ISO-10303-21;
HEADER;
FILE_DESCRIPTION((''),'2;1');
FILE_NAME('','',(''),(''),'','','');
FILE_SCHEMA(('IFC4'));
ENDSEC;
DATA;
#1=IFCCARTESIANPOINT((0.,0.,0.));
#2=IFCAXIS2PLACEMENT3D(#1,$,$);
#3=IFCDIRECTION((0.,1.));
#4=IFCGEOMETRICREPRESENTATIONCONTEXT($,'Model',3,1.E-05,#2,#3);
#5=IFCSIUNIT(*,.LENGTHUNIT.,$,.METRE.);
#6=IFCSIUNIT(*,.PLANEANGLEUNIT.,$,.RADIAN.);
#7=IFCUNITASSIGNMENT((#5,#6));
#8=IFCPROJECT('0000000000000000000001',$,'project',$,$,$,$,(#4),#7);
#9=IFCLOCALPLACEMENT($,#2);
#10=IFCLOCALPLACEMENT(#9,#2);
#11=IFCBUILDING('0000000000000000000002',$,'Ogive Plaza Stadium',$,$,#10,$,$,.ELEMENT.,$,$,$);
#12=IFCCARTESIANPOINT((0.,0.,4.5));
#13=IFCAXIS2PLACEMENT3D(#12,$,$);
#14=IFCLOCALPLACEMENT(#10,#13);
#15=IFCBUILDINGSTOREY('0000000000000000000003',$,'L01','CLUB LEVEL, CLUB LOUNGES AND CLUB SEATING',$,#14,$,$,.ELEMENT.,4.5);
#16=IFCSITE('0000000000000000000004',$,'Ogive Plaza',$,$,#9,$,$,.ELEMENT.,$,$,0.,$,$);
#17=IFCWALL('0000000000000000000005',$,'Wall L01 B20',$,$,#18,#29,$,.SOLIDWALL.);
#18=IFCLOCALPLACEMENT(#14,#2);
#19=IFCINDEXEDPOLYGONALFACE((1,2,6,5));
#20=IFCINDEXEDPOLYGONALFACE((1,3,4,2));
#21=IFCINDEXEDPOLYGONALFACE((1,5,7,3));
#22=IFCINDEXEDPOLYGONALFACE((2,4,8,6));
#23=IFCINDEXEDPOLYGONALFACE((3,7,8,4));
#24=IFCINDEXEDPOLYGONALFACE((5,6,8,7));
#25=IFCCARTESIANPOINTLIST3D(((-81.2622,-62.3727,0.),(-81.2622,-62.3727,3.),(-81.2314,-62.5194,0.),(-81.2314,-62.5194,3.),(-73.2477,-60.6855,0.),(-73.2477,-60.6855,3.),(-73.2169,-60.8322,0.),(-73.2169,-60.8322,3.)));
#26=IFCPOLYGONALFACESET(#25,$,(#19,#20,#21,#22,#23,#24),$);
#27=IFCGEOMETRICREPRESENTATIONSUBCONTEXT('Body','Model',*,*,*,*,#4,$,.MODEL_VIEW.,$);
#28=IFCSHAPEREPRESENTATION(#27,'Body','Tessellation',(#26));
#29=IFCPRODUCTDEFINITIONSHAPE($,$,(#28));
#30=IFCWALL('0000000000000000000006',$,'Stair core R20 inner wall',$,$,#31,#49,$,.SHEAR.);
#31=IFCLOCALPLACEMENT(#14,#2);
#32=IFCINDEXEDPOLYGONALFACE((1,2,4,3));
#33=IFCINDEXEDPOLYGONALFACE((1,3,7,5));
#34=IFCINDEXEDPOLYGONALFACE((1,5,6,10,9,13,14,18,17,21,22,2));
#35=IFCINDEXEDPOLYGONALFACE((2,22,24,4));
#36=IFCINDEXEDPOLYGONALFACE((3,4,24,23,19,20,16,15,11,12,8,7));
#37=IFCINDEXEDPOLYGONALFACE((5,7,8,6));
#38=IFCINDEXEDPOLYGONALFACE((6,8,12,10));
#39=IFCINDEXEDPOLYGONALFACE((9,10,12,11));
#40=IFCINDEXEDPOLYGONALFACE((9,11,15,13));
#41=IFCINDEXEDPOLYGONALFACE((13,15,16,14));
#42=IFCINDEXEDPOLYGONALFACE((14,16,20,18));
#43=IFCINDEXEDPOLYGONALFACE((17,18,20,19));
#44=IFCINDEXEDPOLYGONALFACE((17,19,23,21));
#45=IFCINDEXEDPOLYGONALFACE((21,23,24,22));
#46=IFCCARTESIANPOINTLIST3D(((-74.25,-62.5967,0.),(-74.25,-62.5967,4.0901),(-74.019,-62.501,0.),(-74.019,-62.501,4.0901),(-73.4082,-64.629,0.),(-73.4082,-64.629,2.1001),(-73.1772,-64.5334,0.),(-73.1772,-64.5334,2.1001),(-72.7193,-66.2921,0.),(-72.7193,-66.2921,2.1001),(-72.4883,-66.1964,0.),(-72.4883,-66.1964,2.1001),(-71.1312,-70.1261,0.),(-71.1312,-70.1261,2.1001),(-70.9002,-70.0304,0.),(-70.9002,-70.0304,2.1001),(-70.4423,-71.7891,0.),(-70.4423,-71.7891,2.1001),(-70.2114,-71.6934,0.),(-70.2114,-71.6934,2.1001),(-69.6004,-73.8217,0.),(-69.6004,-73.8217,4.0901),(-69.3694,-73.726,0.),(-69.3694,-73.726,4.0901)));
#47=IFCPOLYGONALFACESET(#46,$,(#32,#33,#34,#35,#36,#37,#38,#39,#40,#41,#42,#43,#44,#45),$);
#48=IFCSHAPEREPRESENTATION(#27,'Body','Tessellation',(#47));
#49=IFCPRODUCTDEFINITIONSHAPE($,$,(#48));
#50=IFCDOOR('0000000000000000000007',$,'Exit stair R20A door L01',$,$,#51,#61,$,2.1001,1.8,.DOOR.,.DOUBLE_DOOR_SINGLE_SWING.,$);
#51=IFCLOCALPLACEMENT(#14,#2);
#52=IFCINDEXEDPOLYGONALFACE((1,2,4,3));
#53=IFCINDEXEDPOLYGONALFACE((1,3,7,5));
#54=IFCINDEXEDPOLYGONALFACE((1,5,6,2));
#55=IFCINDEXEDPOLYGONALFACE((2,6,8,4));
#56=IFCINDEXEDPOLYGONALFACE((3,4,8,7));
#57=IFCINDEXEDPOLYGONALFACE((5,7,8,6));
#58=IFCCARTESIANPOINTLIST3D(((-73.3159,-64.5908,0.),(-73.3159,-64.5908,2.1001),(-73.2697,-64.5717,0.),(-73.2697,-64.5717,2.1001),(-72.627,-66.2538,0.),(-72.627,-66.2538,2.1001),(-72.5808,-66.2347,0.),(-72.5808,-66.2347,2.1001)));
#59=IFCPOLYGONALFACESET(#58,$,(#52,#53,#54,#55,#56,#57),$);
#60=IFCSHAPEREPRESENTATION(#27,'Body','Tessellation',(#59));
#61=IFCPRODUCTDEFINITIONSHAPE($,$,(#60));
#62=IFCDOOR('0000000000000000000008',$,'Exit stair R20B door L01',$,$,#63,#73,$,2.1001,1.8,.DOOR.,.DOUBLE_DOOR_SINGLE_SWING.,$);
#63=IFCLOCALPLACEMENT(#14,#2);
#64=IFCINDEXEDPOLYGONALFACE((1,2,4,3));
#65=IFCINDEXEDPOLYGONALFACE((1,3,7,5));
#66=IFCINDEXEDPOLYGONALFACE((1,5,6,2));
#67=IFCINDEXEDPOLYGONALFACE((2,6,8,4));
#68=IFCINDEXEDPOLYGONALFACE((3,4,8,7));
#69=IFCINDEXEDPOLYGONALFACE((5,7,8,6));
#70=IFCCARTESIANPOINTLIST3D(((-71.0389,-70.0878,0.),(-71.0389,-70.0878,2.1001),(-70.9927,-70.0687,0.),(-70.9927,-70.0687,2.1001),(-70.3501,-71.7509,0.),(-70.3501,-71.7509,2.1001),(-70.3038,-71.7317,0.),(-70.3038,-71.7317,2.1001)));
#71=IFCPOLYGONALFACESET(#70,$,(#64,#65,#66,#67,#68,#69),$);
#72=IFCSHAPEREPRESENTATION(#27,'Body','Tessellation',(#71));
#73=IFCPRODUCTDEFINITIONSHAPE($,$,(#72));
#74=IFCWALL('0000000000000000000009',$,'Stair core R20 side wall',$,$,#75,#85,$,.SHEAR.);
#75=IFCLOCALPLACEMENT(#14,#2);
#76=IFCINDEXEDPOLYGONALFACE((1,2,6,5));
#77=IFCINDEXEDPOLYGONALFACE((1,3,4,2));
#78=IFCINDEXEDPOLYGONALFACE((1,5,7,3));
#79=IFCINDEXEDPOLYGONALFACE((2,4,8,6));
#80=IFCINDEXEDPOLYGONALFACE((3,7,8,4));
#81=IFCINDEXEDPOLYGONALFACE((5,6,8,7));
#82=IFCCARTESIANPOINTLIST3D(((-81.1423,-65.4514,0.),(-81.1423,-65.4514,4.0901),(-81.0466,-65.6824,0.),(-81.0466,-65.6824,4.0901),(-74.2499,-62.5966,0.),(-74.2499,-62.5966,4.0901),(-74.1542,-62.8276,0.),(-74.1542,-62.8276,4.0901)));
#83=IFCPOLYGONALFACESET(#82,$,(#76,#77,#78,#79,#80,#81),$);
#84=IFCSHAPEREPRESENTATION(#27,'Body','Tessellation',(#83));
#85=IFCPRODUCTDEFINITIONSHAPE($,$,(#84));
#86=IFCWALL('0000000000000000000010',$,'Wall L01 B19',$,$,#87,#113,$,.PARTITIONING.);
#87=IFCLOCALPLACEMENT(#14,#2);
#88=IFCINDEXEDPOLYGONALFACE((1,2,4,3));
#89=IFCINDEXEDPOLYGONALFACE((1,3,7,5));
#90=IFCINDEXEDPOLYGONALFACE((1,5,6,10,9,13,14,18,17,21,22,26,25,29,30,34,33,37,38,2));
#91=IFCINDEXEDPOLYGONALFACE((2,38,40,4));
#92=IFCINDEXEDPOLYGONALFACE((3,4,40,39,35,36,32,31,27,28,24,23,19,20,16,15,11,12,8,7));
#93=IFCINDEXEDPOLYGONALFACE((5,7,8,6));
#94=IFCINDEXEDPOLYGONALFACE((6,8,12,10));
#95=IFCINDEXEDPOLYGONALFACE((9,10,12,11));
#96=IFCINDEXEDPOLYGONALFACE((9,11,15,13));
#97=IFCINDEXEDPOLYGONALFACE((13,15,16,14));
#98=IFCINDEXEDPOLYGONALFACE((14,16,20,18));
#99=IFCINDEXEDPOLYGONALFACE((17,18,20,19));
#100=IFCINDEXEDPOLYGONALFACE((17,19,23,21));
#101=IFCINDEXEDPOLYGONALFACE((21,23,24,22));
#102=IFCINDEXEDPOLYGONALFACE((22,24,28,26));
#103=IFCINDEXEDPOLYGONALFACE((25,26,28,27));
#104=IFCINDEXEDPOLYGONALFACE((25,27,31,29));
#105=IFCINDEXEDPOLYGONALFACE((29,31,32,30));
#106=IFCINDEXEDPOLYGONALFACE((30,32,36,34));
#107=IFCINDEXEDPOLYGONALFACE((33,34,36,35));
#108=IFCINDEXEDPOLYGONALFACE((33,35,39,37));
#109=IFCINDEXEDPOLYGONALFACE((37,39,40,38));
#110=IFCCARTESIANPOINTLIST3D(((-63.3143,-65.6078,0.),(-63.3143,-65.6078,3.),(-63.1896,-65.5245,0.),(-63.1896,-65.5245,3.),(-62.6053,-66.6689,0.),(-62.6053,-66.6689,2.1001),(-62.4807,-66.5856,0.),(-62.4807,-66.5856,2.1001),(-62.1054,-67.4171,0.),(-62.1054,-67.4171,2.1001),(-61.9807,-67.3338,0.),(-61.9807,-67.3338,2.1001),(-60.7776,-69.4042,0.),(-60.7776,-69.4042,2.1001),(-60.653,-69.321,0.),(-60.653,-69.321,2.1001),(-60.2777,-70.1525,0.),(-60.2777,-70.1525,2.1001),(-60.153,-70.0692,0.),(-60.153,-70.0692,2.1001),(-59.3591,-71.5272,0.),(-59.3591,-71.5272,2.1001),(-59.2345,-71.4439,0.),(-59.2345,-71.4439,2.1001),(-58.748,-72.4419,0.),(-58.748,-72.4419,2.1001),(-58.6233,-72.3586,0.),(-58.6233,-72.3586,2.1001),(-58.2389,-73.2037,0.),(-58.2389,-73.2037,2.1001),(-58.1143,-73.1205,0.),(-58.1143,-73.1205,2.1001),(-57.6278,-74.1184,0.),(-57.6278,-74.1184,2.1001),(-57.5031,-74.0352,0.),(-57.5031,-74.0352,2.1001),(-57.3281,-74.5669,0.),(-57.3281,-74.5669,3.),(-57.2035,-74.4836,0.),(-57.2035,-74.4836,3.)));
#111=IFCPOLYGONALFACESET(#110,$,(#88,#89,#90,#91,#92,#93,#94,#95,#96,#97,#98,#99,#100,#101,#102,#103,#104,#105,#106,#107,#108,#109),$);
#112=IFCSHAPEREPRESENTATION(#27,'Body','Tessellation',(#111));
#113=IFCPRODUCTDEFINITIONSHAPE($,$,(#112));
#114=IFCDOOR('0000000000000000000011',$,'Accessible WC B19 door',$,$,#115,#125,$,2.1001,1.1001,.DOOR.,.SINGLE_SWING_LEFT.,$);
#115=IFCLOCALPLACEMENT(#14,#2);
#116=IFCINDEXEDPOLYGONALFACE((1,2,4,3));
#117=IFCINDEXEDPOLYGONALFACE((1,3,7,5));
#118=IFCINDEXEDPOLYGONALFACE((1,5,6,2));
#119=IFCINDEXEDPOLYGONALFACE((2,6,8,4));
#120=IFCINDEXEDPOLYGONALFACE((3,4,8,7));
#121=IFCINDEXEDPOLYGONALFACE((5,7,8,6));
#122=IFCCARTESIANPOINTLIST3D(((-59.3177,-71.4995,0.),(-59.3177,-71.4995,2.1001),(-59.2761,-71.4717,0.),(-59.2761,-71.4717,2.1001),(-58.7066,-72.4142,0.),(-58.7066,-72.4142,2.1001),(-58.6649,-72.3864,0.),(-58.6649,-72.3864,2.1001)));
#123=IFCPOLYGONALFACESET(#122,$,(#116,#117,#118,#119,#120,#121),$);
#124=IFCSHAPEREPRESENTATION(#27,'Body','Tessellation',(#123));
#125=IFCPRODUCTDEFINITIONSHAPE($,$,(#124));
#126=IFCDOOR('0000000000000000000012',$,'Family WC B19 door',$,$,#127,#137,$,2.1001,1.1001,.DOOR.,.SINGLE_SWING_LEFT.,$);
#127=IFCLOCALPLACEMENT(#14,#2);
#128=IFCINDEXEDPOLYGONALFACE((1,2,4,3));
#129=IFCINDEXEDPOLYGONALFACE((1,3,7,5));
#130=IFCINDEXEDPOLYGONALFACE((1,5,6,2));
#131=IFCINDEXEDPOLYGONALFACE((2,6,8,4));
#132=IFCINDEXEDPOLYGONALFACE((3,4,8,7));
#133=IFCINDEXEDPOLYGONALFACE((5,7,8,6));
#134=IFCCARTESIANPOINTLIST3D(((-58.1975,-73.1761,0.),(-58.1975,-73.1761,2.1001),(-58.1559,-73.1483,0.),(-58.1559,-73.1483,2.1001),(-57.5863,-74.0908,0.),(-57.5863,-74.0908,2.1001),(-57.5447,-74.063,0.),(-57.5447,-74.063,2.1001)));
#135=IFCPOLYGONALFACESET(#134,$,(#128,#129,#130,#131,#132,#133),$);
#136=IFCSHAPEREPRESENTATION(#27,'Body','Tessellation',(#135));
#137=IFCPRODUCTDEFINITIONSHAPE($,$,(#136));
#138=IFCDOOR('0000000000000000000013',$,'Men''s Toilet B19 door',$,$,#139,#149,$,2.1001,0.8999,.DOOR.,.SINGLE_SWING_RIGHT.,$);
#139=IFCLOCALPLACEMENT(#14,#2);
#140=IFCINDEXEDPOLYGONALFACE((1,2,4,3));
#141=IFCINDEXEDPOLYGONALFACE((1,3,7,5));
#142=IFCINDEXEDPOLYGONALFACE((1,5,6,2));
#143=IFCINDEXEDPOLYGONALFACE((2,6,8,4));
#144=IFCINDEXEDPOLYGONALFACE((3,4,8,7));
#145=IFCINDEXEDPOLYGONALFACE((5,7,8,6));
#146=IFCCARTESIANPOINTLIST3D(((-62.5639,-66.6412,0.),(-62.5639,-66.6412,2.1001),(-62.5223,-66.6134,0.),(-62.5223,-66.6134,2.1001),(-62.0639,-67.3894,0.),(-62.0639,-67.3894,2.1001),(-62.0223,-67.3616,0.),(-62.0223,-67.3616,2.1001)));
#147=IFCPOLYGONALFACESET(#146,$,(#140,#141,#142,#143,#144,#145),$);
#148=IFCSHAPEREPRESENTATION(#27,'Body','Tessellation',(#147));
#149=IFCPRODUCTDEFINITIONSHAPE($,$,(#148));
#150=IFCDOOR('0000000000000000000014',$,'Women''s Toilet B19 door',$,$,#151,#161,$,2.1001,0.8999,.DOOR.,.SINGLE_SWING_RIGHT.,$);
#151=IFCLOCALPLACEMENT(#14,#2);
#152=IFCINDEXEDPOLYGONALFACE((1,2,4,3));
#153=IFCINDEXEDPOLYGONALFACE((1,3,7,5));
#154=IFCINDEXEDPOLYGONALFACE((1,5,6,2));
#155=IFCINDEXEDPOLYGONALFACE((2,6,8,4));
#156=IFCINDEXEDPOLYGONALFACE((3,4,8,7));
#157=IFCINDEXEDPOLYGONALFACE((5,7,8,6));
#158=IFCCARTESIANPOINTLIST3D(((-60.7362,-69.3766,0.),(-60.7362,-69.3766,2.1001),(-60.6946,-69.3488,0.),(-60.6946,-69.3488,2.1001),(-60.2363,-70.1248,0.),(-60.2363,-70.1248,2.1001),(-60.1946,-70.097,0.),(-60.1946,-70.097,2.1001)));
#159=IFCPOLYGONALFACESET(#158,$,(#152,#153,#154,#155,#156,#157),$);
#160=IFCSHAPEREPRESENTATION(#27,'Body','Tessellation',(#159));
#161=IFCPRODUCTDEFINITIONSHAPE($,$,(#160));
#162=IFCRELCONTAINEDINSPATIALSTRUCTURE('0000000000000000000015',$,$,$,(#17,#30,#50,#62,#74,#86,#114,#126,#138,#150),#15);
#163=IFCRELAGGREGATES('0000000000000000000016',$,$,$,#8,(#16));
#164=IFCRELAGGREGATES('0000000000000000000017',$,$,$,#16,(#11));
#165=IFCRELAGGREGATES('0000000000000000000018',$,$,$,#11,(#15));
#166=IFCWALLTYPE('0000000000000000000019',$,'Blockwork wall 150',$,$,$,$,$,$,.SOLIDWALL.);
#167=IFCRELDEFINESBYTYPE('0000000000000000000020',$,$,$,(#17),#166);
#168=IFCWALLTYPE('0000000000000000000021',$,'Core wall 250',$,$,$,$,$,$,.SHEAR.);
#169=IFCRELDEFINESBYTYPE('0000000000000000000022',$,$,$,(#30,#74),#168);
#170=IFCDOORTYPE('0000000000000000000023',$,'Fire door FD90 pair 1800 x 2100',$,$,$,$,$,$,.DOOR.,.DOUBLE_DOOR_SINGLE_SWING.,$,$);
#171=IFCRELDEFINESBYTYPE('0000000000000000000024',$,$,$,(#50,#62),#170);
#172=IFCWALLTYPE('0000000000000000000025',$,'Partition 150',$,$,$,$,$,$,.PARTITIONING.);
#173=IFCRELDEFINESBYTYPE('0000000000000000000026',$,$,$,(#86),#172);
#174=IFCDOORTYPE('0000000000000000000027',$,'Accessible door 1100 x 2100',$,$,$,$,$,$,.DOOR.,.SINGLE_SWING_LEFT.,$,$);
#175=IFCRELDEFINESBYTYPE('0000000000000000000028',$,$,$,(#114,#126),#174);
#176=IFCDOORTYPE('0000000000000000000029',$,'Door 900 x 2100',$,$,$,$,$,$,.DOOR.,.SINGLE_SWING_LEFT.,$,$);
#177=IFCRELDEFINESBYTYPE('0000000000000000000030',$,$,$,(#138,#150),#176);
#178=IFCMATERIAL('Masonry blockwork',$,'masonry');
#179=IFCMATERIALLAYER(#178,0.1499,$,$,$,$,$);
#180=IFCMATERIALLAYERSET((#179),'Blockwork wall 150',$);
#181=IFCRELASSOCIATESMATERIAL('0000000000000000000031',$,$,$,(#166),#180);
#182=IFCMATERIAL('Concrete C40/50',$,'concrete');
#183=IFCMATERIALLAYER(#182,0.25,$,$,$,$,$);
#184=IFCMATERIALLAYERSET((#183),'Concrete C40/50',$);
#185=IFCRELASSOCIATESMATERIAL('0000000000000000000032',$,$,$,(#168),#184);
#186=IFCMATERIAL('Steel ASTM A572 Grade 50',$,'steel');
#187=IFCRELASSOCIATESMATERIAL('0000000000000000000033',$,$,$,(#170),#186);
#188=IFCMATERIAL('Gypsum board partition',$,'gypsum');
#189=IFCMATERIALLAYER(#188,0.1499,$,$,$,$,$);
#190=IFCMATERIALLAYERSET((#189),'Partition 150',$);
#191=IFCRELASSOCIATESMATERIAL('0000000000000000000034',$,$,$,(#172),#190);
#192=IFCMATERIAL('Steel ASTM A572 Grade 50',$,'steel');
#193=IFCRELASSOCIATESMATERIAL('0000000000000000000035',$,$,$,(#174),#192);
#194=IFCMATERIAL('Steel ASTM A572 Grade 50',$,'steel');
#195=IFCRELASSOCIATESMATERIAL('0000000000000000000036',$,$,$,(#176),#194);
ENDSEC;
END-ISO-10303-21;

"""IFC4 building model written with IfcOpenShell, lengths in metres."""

from ifc_helpers import new_model, si_unit, direction, frame, frame_2d, origin, place, context, subcontext, project, spatial, rectangle, extrude, material, layer, layer_set, type_object, element, fill, save


model = new_model("IFC4")

# Units and contexts
model_context = context("Model", 3, precision=1e-05, world=origin(), true_north=direction((0.0, 1.0)))
body_context = subcontext(model_context, "Body", "Model", "MODEL_VIEW")
ifc_project = project(units=[si_unit("LENGTHUNIT", "METRE"), si_unit("PLANEANGLEUNIT", "RADIAN")], contexts=[model_context])

# Site, building, storey
site_placement = place(None, origin())
site = spatial("IfcSite", under=ifc_project, at=site_placement, Name="Ogive Plaza", CompositionType="ELEMENT", RefElevation=0.0)
building_placement = place(site_placement, origin())
building = spatial("IfcBuilding", under=site, at=building_placement, Name="Ogive Plaza Stadium", CompositionType="ELEMENT")
storey_placement = place(building_placement, frame((0.0, 0.0, 4.5)))
storey = spatial("IfcBuildingStorey", under=building, at=storey_placement, Name="L01", Description="CLUB LEVEL, CLUB LOUNGES AND CLUB SEATING", CompositionType="ELEMENT", Elevation=4.5)

# Shared definitions
ifc_material_1 = material(Name="Masonry blockwork", Category="masonry")
ifc_layer_1 = layer(ifc_material_1, 0.1499)
ifc_layer_set_1 = layer_set([ifc_layer_1], Name="Blockwork wall 150")
wall_type_1 = type_object("IfcWallType", Name="Blockwork wall 150", PredefinedType="SOLIDWALL", material=ifc_layer_set_1)

# Wall
wall_1_placement = place(storey_placement, frame((-73.2322, -60.7588, 0.0), z_axis=(0.0, 0.0, 1.0), x_axis=(-0.978549, -0.206012, 0.0)))
element("IfcWall", 1, at=wall_1_placement, inside=storey, type_object=wall_type_1, Name="Wall L01 B20", PredefinedType="SOLIDWALL", context=body_context, shape_type="SweptSolid", body=[
    extrude(rectangle(XDim=8.1902, YDim=0.1499, at=frame_2d((4.0952, 0.0))), origin(), (0.0, 0.0, 1.0), 3.0),
])

# Wall, openings, doors
ifc_material_2 = material(Name="Concrete C40/50", Category="concrete")
ifc_layer_2 = layer(ifc_material_2, 0.25)
ifc_layer_set_2 = layer_set([ifc_layer_2], Name="Concrete C40/50")
wall_type_2 = type_object("IfcWallType", Name="Core wall 250", PredefinedType="SHEAR", material=ifc_layer_set_2)
wall_2_placement = place(storey_placement, frame((-74.1345, -62.5488, 0.0), z_axis=(0.0, 0.0, 1.0), x_axis=(0.382688, -0.923877, 0.0)))
wall_2 = element("IfcWall", 2, at=wall_2_placement, inside=storey, type_object=wall_type_2, Name="Stair core R20 inner wall", PredefinedType="SHEAR", context=body_context, shape_type="SweptSolid", body=[
    extrude(rectangle(XDim=12.1499, YDim=0.25, at=frame_2d((6.075, 0.0))), origin(), (0.0, 0.0, 1.0), 4.0901),
])
opening_1_placement = place(wall_2_placement, frame((2.2, 0.0, 0.0)))
opening_1 = element("IfcOpeningElement", 3, at=opening_1_placement, cuts=wall_2, PredefinedType="OPENING", context=body_context, shape_type="SweptSolid", body=[
    extrude(rectangle(XDim=1.8, YDim=2.1001, at=frame_2d((0.8999, 1.05))), frame((0.0, 0.125, 0.0), z_axis=(0.0, -1.0, 0.0), x_axis=(1.0, 0.0, 0.0)), (0.0, 0.0, 1.0), 0.25),
])
opening_2_placement = place(wall_2_placement, frame((8.1499, 0.0, 0.0)))
opening_2 = element("IfcOpeningElement", 4, at=opening_2_placement, cuts=wall_2, PredefinedType="OPENING", context=body_context, shape_type="SweptSolid", body=[
    extrude(rectangle(XDim=1.8, YDim=2.1001, at=frame_2d((0.8999, 1.05))), frame((0.0, 0.125, 0.0), z_axis=(0.0, -1.0, 0.0), x_axis=(1.0, 0.0, 0.0)), (0.0, 0.0, 1.0), 0.25),
])
ifc_material_3 = material(Name="Steel ASTM A572 Grade 50", Category="steel")
door_type_1 = type_object("IfcDoorType", Name="Fire door FD90 pair 1800 x 2100", OperationType="DOUBLE_DOOR_SINGLE_SWING", PredefinedType="DOOR", material=ifc_material_3)
door_1_placement = place(opening_1_placement, origin())
door_1 = element("IfcDoor", 5, at=door_1_placement, inside=storey, type_object=door_type_1, Name="Exit stair R20A door L01", OperationType="DOUBLE_DOOR_SINGLE_SWING", OverallHeight=2.1001, OverallWidth=1.8, PredefinedType="DOOR", context=body_context, shape_type="SweptSolid", body=[
    extrude(rectangle(XDim=1.8, YDim=2.1001, at=frame_2d((0.8999, 1.05))), frame((0.0, 0.0249, 0.0), z_axis=(0.0, -1.0, 0.0), x_axis=(1.0, 0.0, 0.0)), (0.0, 0.0, 1.0), 0.05),
])
fill(opening_1, door_1)
door_2_placement = place(opening_2_placement, origin())
door_2 = element("IfcDoor", 6, at=door_2_placement, inside=storey, type_object=door_type_1, Name="Exit stair R20B door L01", OperationType="DOUBLE_DOOR_SINGLE_SWING", OverallHeight=2.1001, OverallWidth=1.8, PredefinedType="DOOR", context=body_context, shape_type="SweptSolid", body=[
    extrude(rectangle(XDim=1.8, YDim=2.1001, at=frame_2d((0.8999, 1.05))), frame((0.0, 0.0249, 0.0), z_axis=(0.0, -1.0, 0.0), x_axis=(1.0, 0.0, 0.0)), (0.0, 0.0, 1.0), 0.05),
])
fill(opening_2, door_2)

# Wall
wall_3_placement = place(storey_placement, frame((-74.2021, -62.7122, 0.0), z_axis=(0.0, 0.0, 1.0), x_axis=(-0.923887, -0.382665, 0.0)))
element("IfcWall", 7, at=wall_3_placement, inside=storey, type_object=wall_type_2, Name="Stair core R20 side wall", PredefinedType="SHEAR", context=body_context, shape_type="SweptSolid", body=[
    extrude(rectangle(XDim=7.4602, YDim=0.25, at=frame_2d((3.73, 0.0))), origin(), (0.0, 0.0, 1.0), 4.0901),
])

# Wall, openings, doors
ifc_material_4 = material(Name="Gypsum board partition", Category="gypsum")
ifc_layer_3 = layer(ifc_material_4, 0.1499)
ifc_layer_set_3 = layer_set([ifc_layer_3], Name="Partition 150")
wall_type_3 = type_object("IfcWallType", Name="Partition 150", PredefinedType="PARTITIONING", material=ifc_layer_set_3)
wall_4_placement = place(storey_placement, frame((-63.252, -65.5662, 0.0), z_axis=(0.0, 0.0, 1.0), x_axis=(0.555563, -0.831475, 0.0)))
wall_4 = element("IfcWall", 8, at=wall_4_placement, inside=storey, type_object=wall_type_3, Name="Wall L01 B19", PredefinedType="PARTITIONING", context=body_context, shape_type="SweptSolid", body=[
    extrude(rectangle(XDim=10.7749, YDim=0.1499, at=frame_2d((5.3875, 0.0))), origin(), (0.0, 0.0, 1.0), 3.0),
])
opening_3_placement = place(wall_4_placement, frame((1.2761, 0.0, 0.0)))
opening_3 = element("IfcOpeningElement", 9, at=opening_3_placement, cuts=wall_4, PredefinedType="OPENING", context=body_context, shape_type="SweptSolid", body=[
    extrude(rectangle(XDim=0.8999, YDim=2.1001, at=frame_2d((0.45, 1.05))), frame((0.0, 0.075, 0.0), z_axis=(0.0, -1.0, 0.0), x_axis=(1.0, 0.0, 0.0)), (0.0, 0.0, 1.0), 0.1499),
])
opening_4_placement = place(wall_4_placement, frame((4.5659, 0.0, 0.0)))
opening_4 = element("IfcOpeningElement", 10, at=opening_4_placement, cuts=wall_4, PredefinedType="OPENING", context=body_context, shape_type="SweptSolid", body=[
    extrude(rectangle(XDim=0.8999, YDim=2.1001, at=frame_2d((0.45, 1.05))), frame((0.0, 0.075, 0.0), z_axis=(0.0, -1.0, 0.0), x_axis=(1.0, 0.0, 0.0)), (0.0, 0.0, 1.0), 0.1499),
])
opening_5_placement = place(wall_4_placement, frame((7.1191, 0.0, 0.0)))
opening_5 = element("IfcOpeningElement", 11, at=opening_5_placement, cuts=wall_4, PredefinedType="OPENING", context=body_context, shape_type="SweptSolid", body=[
    extrude(rectangle(XDim=1.1001, YDim=2.1001, at=frame_2d((0.55, 1.05))), frame((0.0, 0.075, 0.0), z_axis=(0.0, -1.0, 0.0), x_axis=(1.0, 0.0, 0.0)), (0.0, 0.0, 1.0), 0.1499),
])
opening_6_placement = place(wall_4_placement, frame((9.1355, 0.0, 0.0)))
opening_6 = element("IfcOpeningElement", 12, at=opening_6_placement, cuts=wall_4, PredefinedType="OPENING", context=body_context, shape_type="SweptSolid", body=[
    extrude(rectangle(XDim=1.1001, YDim=2.1001, at=frame_2d((0.55, 1.05))), frame((0.0, 0.075, 0.0), z_axis=(0.0, -1.0, 0.0), x_axis=(1.0, 0.0, 0.0)), (0.0, 0.0, 1.0), 0.1499),
])
ifc_material_5 = material(Name="Steel ASTM A572 Grade 50", Category="steel")
door_type_2 = type_object("IfcDoorType", Name="Accessible door 1100 x 2100", OperationType="SINGLE_SWING_LEFT", PredefinedType="DOOR", material=ifc_material_5)
door_3_placement = place(opening_5_placement, origin())
door_3 = element("IfcDoor", 13, at=door_3_placement, inside=storey, type_object=door_type_2, Name="Accessible WC B19 door", OperationType="SINGLE_SWING_LEFT", OverallHeight=2.1001, OverallWidth=1.1001, PredefinedType="DOOR", context=body_context, shape_type="SweptSolid", body=[
    extrude(rectangle(XDim=1.1001, YDim=2.1001, at=frame_2d((0.55, 1.05))), frame((0.0, 0.0249, 0.0), z_axis=(0.0, -1.0, 0.0), x_axis=(1.0, 0.0, 0.0)), (0.0, 0.0, 1.0), 0.05),
])
fill(opening_5, door_3)
door_4_placement = place(opening_6_placement, origin())
door_4 = element("IfcDoor", 14, at=door_4_placement, inside=storey, type_object=door_type_2, Name="Family WC B19 door", OperationType="SINGLE_SWING_LEFT", OverallHeight=2.1001, OverallWidth=1.1001, PredefinedType="DOOR", context=body_context, shape_type="SweptSolid", body=[
    extrude(rectangle(XDim=1.1001, YDim=2.1001, at=frame_2d((0.55, 1.05))), frame((0.0, 0.0249, 0.0), z_axis=(0.0, -1.0, 0.0), x_axis=(1.0, 0.0, 0.0)), (0.0, 0.0, 1.0), 0.05),
])
fill(opening_6, door_4)
ifc_material_6 = material(Name="Steel ASTM A572 Grade 50", Category="steel")
door_type_3 = type_object("IfcDoorType", Name="Door 900 x 2100", OperationType="SINGLE_SWING_LEFT", PredefinedType="DOOR", material=ifc_material_6)
door_5_placement = place(opening_3_placement, origin())
door_5 = element("IfcDoor", 15, at=door_5_placement, inside=storey, type_object=door_type_3, Name="Men's Toilet B19 door", OperationType="SINGLE_SWING_RIGHT", OverallHeight=2.1001, OverallWidth=0.8999, PredefinedType="DOOR", context=body_context, shape_type="SweptSolid", body=[
    extrude(rectangle(XDim=0.8999, YDim=2.1001, at=frame_2d((0.45, 1.05))), frame((0.0, 0.0249, 0.0), z_axis=(0.0, -1.0, 0.0), x_axis=(1.0, 0.0, 0.0)), (0.0, 0.0, 1.0), 0.05),
])
fill(opening_3, door_5)
door_6_placement = place(opening_4_placement, origin())
door_6 = element("IfcDoor", 16, at=door_6_placement, inside=storey, type_object=door_type_3, Name="Women's Toilet B19 door", OperationType="SINGLE_SWING_RIGHT", OverallHeight=2.1001, OverallWidth=0.8999, PredefinedType="DOOR", context=body_context, shape_type="SweptSolid", body=[
    extrude(rectangle(XDim=0.8999, YDim=2.1001, at=frame_2d((0.45, 1.05))), frame((0.0, 0.0249, 0.0), z_axis=(0.0, -1.0, 0.0), x_axis=(1.0, 0.0, 0.0)), (0.0, 0.0, 1.0), 0.05),
])
fill(opening_4, door_6)

save(model, "model.ifc")
